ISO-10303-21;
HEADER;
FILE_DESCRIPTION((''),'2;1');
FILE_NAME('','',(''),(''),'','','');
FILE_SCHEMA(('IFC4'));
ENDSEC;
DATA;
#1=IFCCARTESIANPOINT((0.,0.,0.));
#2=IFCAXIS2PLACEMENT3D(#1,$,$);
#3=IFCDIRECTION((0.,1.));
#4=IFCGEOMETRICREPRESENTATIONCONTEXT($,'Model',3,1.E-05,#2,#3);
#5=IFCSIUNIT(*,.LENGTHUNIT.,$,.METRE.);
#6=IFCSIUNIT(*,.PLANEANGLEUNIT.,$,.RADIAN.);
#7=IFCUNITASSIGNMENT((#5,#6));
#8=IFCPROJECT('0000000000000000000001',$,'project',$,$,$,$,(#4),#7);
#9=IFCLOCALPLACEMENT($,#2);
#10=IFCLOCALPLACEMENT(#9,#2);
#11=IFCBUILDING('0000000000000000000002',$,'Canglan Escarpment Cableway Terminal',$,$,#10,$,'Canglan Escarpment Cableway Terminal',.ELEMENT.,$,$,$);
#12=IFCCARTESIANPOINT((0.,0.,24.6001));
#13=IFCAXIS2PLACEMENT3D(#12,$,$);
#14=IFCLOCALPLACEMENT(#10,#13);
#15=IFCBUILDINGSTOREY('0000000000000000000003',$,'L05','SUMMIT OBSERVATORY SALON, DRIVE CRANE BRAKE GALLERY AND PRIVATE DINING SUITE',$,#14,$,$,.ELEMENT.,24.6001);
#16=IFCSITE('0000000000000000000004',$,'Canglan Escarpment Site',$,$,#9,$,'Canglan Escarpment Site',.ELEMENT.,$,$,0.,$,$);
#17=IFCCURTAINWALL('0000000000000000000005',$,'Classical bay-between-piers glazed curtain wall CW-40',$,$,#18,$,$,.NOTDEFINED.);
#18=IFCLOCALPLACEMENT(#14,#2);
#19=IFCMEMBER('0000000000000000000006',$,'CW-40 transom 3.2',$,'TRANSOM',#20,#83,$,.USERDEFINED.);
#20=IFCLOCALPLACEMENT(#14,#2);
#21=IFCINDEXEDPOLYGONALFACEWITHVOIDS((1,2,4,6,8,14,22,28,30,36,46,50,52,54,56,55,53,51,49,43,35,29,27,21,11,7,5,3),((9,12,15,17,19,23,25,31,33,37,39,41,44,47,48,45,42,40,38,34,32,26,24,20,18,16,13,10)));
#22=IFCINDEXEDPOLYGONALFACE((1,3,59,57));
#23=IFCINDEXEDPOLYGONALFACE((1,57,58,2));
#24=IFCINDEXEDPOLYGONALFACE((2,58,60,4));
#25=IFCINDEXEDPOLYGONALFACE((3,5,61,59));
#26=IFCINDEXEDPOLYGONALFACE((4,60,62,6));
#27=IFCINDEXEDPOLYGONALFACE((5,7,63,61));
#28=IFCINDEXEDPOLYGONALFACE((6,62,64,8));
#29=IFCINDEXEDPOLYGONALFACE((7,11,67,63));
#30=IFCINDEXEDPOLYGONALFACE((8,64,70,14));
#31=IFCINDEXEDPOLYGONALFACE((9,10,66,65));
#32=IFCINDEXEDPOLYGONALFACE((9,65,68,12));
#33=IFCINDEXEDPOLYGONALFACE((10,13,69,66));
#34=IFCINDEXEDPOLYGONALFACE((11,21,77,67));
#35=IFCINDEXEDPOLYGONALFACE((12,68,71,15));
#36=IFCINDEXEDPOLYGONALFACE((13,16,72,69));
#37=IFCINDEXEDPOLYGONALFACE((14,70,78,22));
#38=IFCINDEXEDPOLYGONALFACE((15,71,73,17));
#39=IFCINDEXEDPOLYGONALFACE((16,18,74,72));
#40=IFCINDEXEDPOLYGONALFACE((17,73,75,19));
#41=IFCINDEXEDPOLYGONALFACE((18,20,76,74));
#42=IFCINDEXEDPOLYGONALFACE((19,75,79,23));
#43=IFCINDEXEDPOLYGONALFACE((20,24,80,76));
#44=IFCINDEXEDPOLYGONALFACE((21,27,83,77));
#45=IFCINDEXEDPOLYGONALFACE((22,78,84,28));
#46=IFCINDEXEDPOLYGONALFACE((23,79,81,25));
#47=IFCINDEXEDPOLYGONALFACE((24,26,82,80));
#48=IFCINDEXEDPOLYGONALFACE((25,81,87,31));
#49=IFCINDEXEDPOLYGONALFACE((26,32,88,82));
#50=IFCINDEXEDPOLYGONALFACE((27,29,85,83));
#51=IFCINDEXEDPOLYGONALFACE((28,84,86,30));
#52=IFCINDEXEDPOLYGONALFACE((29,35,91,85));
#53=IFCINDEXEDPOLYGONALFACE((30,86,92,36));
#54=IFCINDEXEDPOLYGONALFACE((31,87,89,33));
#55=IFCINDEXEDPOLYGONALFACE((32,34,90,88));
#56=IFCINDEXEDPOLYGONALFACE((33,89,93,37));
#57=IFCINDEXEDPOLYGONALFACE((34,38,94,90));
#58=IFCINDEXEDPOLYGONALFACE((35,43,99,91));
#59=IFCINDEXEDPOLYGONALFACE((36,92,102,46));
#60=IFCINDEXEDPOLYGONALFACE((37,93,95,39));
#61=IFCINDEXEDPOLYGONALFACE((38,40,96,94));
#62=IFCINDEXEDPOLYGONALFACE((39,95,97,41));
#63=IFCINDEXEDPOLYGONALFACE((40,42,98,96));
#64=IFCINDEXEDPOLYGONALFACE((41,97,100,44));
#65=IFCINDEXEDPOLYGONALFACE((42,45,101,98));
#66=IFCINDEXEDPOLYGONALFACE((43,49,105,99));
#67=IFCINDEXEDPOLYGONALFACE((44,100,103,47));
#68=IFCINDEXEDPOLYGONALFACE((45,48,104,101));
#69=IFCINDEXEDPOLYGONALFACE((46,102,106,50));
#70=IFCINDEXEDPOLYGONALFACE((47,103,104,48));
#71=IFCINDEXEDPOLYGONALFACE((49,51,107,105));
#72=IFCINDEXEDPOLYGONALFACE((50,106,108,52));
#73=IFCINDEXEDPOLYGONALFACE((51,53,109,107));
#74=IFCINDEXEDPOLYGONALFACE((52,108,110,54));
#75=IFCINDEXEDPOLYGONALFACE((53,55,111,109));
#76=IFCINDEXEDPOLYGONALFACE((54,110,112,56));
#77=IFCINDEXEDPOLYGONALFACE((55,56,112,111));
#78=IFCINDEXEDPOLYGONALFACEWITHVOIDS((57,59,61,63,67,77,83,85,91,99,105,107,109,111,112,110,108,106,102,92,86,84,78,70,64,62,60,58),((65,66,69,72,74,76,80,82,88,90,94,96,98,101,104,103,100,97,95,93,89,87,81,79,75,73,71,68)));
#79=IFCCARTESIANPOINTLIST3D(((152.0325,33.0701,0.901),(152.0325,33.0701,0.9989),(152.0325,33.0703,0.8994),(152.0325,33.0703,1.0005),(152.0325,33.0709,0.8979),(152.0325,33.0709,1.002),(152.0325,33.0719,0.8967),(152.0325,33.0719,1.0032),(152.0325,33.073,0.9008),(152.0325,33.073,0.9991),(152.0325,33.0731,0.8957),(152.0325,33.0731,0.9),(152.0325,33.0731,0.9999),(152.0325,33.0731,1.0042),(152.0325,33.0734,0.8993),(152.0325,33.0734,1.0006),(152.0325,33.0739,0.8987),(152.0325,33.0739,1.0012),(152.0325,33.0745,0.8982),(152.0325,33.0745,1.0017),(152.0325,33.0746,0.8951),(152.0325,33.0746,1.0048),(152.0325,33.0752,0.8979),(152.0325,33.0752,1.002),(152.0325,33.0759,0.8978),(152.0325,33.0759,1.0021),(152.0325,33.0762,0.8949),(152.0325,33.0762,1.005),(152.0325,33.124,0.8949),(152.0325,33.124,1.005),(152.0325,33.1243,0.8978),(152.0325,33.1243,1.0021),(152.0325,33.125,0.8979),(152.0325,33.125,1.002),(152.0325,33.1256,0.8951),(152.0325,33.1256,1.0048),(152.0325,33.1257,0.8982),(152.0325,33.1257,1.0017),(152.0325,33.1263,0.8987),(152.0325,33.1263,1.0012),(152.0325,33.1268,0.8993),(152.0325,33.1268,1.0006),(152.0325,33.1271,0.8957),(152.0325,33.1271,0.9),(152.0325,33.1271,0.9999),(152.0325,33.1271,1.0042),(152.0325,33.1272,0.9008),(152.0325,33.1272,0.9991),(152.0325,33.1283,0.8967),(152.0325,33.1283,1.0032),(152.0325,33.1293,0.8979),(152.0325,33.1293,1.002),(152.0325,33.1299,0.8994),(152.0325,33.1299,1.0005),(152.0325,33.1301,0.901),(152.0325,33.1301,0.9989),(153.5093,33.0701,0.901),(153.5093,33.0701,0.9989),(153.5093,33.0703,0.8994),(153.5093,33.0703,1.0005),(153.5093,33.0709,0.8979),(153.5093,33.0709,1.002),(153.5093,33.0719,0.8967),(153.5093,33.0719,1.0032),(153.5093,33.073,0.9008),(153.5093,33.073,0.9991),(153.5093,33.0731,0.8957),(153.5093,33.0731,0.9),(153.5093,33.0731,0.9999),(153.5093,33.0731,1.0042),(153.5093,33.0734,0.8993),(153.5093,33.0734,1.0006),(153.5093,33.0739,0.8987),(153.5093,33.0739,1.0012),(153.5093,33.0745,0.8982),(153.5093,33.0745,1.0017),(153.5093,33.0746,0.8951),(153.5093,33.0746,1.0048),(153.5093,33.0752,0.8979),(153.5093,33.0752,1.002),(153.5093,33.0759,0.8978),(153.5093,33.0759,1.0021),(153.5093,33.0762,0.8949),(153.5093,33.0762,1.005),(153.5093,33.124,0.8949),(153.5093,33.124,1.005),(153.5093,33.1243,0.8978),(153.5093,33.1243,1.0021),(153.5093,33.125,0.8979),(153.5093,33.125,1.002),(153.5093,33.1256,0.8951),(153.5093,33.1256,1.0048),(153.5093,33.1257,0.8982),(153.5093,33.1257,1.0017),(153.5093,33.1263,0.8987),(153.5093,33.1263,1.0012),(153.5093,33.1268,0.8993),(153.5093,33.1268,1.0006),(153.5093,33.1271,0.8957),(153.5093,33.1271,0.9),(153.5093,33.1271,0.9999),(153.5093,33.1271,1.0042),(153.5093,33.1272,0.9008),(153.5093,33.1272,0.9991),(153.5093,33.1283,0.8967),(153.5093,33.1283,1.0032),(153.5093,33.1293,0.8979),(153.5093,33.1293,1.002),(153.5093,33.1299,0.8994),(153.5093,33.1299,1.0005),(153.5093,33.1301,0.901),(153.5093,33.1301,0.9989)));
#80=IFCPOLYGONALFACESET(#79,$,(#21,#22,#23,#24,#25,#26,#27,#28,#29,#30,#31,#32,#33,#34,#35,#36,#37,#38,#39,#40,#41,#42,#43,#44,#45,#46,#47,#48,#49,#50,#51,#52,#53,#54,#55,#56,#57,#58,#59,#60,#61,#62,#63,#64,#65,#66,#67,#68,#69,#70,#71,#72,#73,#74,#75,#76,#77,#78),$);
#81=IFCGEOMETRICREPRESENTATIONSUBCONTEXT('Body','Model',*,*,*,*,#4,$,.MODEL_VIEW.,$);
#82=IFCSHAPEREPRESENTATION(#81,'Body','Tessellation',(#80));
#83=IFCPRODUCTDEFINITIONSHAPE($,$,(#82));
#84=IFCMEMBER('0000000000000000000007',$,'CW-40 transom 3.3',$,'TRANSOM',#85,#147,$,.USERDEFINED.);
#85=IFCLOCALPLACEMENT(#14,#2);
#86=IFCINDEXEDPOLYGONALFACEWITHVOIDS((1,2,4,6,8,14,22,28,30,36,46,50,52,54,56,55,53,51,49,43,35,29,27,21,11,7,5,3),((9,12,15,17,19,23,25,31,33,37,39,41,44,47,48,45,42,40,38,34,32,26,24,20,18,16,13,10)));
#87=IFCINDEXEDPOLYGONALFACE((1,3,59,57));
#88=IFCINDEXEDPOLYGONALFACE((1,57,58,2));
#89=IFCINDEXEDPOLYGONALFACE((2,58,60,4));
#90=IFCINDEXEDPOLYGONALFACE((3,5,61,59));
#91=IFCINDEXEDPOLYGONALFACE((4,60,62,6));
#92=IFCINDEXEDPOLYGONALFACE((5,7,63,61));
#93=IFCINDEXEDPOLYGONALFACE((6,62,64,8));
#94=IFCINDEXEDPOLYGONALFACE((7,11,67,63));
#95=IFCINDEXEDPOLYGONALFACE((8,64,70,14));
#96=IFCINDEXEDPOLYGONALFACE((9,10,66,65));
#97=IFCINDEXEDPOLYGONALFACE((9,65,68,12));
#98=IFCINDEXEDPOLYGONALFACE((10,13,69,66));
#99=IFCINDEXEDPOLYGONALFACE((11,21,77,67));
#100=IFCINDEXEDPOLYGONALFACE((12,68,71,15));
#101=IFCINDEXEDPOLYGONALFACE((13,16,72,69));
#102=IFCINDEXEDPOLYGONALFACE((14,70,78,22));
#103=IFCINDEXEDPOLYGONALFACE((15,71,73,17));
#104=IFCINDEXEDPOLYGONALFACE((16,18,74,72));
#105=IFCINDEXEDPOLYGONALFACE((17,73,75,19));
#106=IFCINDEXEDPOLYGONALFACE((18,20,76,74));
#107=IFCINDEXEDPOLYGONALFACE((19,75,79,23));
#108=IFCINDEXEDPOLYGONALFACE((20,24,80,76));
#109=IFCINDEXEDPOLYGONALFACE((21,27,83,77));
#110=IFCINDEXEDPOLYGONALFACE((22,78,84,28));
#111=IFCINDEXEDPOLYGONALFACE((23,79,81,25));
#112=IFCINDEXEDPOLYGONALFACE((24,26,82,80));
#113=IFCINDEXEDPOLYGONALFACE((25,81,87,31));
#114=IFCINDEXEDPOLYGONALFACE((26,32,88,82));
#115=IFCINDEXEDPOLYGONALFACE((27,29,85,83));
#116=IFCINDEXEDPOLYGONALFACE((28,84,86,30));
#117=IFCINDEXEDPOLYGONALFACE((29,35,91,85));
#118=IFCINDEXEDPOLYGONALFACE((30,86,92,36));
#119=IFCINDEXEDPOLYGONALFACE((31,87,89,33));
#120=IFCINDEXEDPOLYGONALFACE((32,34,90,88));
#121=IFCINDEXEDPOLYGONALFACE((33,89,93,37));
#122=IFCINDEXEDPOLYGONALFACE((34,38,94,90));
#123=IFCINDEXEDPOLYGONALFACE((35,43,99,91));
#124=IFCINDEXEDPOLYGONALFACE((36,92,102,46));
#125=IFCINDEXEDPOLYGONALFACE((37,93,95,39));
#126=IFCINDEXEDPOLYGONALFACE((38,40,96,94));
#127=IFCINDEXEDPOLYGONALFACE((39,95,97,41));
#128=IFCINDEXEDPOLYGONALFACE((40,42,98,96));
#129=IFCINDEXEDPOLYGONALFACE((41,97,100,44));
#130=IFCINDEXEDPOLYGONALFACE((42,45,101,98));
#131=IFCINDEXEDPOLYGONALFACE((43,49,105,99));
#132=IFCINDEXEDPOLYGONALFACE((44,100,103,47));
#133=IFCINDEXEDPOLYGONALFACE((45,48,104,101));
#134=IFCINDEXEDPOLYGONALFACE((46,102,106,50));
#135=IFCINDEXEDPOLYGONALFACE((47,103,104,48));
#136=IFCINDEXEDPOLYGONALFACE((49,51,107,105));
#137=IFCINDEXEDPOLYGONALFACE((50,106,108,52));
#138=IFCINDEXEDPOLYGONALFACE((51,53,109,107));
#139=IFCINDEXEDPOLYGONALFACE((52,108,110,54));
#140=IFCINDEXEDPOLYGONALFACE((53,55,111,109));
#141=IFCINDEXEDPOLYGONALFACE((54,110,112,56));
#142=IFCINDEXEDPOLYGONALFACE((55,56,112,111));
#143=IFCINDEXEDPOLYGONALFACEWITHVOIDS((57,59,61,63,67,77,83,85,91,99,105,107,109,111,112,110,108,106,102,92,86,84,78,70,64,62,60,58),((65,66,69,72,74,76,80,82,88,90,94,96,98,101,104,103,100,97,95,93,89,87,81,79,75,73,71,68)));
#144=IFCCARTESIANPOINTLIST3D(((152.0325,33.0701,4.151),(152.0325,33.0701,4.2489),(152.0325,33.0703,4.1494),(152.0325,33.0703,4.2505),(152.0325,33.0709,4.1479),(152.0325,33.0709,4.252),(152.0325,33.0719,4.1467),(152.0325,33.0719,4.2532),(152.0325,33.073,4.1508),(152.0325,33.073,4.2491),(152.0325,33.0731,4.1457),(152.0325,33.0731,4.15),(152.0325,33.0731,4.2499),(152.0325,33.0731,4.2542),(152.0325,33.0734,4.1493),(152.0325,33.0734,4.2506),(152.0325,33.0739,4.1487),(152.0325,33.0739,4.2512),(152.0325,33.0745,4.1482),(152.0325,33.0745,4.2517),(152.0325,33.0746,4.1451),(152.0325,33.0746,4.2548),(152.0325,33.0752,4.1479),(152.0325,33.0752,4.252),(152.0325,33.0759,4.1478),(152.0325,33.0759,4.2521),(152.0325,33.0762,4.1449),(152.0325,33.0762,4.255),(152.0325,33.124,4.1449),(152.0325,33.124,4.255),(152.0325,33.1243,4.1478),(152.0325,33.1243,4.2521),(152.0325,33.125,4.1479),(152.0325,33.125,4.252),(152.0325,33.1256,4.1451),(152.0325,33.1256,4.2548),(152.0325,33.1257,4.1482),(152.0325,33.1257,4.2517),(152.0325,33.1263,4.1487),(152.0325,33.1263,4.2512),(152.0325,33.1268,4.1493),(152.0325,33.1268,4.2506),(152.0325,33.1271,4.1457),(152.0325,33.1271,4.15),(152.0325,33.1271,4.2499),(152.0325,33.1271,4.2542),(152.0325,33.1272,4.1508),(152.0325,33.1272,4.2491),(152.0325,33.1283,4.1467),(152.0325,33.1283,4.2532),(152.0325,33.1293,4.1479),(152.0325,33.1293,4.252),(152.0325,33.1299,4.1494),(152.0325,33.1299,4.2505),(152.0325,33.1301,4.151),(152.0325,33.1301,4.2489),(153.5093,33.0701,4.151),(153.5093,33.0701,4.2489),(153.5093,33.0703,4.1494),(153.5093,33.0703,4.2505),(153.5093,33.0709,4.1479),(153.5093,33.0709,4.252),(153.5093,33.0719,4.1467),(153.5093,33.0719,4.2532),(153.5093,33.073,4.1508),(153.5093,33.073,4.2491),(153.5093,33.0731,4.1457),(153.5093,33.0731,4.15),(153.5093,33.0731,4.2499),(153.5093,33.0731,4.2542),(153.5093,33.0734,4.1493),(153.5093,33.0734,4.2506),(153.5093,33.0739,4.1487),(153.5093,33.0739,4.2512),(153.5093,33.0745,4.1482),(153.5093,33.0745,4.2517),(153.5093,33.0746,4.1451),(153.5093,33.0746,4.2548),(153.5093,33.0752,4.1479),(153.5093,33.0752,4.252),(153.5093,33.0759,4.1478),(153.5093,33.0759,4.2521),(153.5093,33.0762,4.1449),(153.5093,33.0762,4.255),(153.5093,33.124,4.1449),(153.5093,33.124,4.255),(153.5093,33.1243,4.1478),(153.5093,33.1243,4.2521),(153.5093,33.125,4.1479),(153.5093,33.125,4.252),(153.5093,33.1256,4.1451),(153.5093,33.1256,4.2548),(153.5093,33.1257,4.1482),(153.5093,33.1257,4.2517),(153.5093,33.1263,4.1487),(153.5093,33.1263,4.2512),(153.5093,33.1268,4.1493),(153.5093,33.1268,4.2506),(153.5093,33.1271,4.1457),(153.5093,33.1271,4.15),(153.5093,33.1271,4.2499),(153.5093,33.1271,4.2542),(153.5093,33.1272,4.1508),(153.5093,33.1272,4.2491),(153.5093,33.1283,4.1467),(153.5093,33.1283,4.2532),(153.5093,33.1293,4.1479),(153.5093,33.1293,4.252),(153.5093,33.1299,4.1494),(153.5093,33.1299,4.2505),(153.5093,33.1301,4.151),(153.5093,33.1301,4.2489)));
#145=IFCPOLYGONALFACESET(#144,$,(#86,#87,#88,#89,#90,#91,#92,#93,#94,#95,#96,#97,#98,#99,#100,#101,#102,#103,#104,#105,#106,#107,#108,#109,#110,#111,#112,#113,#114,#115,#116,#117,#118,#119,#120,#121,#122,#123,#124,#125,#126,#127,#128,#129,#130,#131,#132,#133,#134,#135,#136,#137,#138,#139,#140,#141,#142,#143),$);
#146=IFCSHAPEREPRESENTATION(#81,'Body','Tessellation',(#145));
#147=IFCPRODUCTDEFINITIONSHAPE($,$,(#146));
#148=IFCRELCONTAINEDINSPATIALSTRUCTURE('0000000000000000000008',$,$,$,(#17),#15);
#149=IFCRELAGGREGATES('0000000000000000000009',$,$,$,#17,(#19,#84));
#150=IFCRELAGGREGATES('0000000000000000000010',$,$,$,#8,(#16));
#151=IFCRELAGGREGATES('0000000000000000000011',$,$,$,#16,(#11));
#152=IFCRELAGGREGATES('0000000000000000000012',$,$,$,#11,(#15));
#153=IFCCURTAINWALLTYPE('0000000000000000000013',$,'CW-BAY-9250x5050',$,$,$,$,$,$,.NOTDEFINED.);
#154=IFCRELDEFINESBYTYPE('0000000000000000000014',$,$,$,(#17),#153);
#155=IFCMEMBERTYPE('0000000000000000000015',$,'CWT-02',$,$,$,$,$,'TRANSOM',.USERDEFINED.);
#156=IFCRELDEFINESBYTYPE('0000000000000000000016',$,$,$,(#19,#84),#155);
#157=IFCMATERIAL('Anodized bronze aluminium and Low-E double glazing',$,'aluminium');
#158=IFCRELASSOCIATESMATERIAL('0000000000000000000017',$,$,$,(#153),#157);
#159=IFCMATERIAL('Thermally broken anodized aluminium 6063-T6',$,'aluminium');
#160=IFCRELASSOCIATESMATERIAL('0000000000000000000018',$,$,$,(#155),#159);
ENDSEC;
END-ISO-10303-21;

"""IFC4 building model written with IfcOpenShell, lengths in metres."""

from ifc_helpers import new_model, si_unit, direction, frame, origin, origin_2d, place, context, subcontext, project, spatial, hollow_rectangle, extrude, material, material_profile, profile_set, type_object, element, aggregate, save


model = new_model("IFC4")

# Units and contexts
model_context = context("Model", 3, precision=1e-05, world=origin(), true_north=direction((0.0, 1.0)))
body_context = subcontext(model_context, "Body", "Model", "MODEL_VIEW")
ifc_project = project(units=[si_unit("LENGTHUNIT", "METRE"), si_unit("PLANEANGLEUNIT", "RADIAN")], contexts=[model_context])

# Site, building, storey
site_placement = place(None, origin())
site = spatial("IfcSite", under=ifc_project, at=site_placement, Name="Canglan Escarpment Site", LongName="Canglan Escarpment Site", CompositionType="ELEMENT", RefElevation=0.0)
building_placement = place(site_placement, origin())
building = spatial("IfcBuilding", under=site, at=building_placement, Name="Canglan Escarpment Cableway Terminal", LongName="Canglan Escarpment Cableway Terminal", CompositionType="ELEMENT")
storey_placement = place(building_placement, frame((0.0, 0.0, 24.6001)))
storey = spatial("IfcBuildingStorey", under=building, at=storey_placement, Name="L05", Description="SUMMIT OBSERVATORY SALON, DRIVE CRANE BRAKE GALLERY AND PRIVATE DINING SUITE", CompositionType="ELEMENT", Elevation=24.6001)

# Curtain wall, members
ifc_material_1 = material(Name="Anodized bronze aluminium and Low-E double glazing", Category="aluminium")
curtain_wall_type = type_object("IfcCurtainWallType", Name="CW-BAY-9250x5050", PredefinedType="NOTDEFINED", material=ifc_material_1)
curtain_wall_placement = place(storey_placement, origin())
curtain_wall = element("IfcCurtainWall", 1, at=curtain_wall_placement, inside=storey, type_object=curtain_wall_type, Name="Classical bay-between-piers glazed curtain wall CW-40", PredefinedType="NOTDEFINED")
ifc_material_2 = material(Name="Thermally broken anodized aluminium 6063-T6", Category="aluminium")
ifc_material_profile_1 = material_profile(ifc_material_2, hollow_rectangle(XDim=0.0601, YDim=0.1101, WallThickness=0.0029, InnerFilletRadius=0.0029, OuterFilletRadius=0.0061, at=origin_2d()), Name="ALU-TRAN 60x110x3")
ifc_profile_set_1 = profile_set([ifc_material_profile_1], Name="Thermally broken anodized aluminium 6063-T6")
member_type_1 = type_object("IfcMemberType", Name="CWT-02", ElementType="TRANSOM", PredefinedType="USERDEFINED", material=ifc_profile_set_1)
member_1_placement = place(storey_placement, frame((153.5093, 33.1001, 0.95), z_axis=(-1.0, 0.0, 0.0), x_axis=(0.0, -1.0, 0.0)))
member_1 = element("IfcMember", 2, at=member_1_placement, type_object=member_type_1, Name="CW-40 transom 3.2", ObjectType="TRANSOM", PredefinedType="USERDEFINED", context=body_context, shape_type="SweptSolid", body=[
    extrude(hollow_rectangle(XDim=0.0601, YDim=0.1101, WallThickness=0.0029, InnerFilletRadius=0.0029, OuterFilletRadius=0.0061, at=origin_2d()), origin(), (0.0, 0.0, 1.0), 1.4768),
])
member_2_placement = place(storey_placement, frame((153.5093, 33.1001, 4.2), z_axis=(-1.0, 0.0, 0.0), x_axis=(0.0, -1.0, 0.0)))
member_2 = element("IfcMember", 3, at=member_2_placement, type_object=member_type_1, Name="CW-40 transom 3.3", ObjectType="TRANSOM", PredefinedType="USERDEFINED", context=body_context, shape_type="SweptSolid", body=[
    extrude(hollow_rectangle(XDim=0.0601, YDim=0.1101, WallThickness=0.0029, InnerFilletRadius=0.0029, OuterFilletRadius=0.0061, at=origin_2d()), origin(), (0.0, 0.0, 1.0), 1.4768),
])

aggregate(curtain_wall, [member_1, member_2])

save(model, "model.ifc")
